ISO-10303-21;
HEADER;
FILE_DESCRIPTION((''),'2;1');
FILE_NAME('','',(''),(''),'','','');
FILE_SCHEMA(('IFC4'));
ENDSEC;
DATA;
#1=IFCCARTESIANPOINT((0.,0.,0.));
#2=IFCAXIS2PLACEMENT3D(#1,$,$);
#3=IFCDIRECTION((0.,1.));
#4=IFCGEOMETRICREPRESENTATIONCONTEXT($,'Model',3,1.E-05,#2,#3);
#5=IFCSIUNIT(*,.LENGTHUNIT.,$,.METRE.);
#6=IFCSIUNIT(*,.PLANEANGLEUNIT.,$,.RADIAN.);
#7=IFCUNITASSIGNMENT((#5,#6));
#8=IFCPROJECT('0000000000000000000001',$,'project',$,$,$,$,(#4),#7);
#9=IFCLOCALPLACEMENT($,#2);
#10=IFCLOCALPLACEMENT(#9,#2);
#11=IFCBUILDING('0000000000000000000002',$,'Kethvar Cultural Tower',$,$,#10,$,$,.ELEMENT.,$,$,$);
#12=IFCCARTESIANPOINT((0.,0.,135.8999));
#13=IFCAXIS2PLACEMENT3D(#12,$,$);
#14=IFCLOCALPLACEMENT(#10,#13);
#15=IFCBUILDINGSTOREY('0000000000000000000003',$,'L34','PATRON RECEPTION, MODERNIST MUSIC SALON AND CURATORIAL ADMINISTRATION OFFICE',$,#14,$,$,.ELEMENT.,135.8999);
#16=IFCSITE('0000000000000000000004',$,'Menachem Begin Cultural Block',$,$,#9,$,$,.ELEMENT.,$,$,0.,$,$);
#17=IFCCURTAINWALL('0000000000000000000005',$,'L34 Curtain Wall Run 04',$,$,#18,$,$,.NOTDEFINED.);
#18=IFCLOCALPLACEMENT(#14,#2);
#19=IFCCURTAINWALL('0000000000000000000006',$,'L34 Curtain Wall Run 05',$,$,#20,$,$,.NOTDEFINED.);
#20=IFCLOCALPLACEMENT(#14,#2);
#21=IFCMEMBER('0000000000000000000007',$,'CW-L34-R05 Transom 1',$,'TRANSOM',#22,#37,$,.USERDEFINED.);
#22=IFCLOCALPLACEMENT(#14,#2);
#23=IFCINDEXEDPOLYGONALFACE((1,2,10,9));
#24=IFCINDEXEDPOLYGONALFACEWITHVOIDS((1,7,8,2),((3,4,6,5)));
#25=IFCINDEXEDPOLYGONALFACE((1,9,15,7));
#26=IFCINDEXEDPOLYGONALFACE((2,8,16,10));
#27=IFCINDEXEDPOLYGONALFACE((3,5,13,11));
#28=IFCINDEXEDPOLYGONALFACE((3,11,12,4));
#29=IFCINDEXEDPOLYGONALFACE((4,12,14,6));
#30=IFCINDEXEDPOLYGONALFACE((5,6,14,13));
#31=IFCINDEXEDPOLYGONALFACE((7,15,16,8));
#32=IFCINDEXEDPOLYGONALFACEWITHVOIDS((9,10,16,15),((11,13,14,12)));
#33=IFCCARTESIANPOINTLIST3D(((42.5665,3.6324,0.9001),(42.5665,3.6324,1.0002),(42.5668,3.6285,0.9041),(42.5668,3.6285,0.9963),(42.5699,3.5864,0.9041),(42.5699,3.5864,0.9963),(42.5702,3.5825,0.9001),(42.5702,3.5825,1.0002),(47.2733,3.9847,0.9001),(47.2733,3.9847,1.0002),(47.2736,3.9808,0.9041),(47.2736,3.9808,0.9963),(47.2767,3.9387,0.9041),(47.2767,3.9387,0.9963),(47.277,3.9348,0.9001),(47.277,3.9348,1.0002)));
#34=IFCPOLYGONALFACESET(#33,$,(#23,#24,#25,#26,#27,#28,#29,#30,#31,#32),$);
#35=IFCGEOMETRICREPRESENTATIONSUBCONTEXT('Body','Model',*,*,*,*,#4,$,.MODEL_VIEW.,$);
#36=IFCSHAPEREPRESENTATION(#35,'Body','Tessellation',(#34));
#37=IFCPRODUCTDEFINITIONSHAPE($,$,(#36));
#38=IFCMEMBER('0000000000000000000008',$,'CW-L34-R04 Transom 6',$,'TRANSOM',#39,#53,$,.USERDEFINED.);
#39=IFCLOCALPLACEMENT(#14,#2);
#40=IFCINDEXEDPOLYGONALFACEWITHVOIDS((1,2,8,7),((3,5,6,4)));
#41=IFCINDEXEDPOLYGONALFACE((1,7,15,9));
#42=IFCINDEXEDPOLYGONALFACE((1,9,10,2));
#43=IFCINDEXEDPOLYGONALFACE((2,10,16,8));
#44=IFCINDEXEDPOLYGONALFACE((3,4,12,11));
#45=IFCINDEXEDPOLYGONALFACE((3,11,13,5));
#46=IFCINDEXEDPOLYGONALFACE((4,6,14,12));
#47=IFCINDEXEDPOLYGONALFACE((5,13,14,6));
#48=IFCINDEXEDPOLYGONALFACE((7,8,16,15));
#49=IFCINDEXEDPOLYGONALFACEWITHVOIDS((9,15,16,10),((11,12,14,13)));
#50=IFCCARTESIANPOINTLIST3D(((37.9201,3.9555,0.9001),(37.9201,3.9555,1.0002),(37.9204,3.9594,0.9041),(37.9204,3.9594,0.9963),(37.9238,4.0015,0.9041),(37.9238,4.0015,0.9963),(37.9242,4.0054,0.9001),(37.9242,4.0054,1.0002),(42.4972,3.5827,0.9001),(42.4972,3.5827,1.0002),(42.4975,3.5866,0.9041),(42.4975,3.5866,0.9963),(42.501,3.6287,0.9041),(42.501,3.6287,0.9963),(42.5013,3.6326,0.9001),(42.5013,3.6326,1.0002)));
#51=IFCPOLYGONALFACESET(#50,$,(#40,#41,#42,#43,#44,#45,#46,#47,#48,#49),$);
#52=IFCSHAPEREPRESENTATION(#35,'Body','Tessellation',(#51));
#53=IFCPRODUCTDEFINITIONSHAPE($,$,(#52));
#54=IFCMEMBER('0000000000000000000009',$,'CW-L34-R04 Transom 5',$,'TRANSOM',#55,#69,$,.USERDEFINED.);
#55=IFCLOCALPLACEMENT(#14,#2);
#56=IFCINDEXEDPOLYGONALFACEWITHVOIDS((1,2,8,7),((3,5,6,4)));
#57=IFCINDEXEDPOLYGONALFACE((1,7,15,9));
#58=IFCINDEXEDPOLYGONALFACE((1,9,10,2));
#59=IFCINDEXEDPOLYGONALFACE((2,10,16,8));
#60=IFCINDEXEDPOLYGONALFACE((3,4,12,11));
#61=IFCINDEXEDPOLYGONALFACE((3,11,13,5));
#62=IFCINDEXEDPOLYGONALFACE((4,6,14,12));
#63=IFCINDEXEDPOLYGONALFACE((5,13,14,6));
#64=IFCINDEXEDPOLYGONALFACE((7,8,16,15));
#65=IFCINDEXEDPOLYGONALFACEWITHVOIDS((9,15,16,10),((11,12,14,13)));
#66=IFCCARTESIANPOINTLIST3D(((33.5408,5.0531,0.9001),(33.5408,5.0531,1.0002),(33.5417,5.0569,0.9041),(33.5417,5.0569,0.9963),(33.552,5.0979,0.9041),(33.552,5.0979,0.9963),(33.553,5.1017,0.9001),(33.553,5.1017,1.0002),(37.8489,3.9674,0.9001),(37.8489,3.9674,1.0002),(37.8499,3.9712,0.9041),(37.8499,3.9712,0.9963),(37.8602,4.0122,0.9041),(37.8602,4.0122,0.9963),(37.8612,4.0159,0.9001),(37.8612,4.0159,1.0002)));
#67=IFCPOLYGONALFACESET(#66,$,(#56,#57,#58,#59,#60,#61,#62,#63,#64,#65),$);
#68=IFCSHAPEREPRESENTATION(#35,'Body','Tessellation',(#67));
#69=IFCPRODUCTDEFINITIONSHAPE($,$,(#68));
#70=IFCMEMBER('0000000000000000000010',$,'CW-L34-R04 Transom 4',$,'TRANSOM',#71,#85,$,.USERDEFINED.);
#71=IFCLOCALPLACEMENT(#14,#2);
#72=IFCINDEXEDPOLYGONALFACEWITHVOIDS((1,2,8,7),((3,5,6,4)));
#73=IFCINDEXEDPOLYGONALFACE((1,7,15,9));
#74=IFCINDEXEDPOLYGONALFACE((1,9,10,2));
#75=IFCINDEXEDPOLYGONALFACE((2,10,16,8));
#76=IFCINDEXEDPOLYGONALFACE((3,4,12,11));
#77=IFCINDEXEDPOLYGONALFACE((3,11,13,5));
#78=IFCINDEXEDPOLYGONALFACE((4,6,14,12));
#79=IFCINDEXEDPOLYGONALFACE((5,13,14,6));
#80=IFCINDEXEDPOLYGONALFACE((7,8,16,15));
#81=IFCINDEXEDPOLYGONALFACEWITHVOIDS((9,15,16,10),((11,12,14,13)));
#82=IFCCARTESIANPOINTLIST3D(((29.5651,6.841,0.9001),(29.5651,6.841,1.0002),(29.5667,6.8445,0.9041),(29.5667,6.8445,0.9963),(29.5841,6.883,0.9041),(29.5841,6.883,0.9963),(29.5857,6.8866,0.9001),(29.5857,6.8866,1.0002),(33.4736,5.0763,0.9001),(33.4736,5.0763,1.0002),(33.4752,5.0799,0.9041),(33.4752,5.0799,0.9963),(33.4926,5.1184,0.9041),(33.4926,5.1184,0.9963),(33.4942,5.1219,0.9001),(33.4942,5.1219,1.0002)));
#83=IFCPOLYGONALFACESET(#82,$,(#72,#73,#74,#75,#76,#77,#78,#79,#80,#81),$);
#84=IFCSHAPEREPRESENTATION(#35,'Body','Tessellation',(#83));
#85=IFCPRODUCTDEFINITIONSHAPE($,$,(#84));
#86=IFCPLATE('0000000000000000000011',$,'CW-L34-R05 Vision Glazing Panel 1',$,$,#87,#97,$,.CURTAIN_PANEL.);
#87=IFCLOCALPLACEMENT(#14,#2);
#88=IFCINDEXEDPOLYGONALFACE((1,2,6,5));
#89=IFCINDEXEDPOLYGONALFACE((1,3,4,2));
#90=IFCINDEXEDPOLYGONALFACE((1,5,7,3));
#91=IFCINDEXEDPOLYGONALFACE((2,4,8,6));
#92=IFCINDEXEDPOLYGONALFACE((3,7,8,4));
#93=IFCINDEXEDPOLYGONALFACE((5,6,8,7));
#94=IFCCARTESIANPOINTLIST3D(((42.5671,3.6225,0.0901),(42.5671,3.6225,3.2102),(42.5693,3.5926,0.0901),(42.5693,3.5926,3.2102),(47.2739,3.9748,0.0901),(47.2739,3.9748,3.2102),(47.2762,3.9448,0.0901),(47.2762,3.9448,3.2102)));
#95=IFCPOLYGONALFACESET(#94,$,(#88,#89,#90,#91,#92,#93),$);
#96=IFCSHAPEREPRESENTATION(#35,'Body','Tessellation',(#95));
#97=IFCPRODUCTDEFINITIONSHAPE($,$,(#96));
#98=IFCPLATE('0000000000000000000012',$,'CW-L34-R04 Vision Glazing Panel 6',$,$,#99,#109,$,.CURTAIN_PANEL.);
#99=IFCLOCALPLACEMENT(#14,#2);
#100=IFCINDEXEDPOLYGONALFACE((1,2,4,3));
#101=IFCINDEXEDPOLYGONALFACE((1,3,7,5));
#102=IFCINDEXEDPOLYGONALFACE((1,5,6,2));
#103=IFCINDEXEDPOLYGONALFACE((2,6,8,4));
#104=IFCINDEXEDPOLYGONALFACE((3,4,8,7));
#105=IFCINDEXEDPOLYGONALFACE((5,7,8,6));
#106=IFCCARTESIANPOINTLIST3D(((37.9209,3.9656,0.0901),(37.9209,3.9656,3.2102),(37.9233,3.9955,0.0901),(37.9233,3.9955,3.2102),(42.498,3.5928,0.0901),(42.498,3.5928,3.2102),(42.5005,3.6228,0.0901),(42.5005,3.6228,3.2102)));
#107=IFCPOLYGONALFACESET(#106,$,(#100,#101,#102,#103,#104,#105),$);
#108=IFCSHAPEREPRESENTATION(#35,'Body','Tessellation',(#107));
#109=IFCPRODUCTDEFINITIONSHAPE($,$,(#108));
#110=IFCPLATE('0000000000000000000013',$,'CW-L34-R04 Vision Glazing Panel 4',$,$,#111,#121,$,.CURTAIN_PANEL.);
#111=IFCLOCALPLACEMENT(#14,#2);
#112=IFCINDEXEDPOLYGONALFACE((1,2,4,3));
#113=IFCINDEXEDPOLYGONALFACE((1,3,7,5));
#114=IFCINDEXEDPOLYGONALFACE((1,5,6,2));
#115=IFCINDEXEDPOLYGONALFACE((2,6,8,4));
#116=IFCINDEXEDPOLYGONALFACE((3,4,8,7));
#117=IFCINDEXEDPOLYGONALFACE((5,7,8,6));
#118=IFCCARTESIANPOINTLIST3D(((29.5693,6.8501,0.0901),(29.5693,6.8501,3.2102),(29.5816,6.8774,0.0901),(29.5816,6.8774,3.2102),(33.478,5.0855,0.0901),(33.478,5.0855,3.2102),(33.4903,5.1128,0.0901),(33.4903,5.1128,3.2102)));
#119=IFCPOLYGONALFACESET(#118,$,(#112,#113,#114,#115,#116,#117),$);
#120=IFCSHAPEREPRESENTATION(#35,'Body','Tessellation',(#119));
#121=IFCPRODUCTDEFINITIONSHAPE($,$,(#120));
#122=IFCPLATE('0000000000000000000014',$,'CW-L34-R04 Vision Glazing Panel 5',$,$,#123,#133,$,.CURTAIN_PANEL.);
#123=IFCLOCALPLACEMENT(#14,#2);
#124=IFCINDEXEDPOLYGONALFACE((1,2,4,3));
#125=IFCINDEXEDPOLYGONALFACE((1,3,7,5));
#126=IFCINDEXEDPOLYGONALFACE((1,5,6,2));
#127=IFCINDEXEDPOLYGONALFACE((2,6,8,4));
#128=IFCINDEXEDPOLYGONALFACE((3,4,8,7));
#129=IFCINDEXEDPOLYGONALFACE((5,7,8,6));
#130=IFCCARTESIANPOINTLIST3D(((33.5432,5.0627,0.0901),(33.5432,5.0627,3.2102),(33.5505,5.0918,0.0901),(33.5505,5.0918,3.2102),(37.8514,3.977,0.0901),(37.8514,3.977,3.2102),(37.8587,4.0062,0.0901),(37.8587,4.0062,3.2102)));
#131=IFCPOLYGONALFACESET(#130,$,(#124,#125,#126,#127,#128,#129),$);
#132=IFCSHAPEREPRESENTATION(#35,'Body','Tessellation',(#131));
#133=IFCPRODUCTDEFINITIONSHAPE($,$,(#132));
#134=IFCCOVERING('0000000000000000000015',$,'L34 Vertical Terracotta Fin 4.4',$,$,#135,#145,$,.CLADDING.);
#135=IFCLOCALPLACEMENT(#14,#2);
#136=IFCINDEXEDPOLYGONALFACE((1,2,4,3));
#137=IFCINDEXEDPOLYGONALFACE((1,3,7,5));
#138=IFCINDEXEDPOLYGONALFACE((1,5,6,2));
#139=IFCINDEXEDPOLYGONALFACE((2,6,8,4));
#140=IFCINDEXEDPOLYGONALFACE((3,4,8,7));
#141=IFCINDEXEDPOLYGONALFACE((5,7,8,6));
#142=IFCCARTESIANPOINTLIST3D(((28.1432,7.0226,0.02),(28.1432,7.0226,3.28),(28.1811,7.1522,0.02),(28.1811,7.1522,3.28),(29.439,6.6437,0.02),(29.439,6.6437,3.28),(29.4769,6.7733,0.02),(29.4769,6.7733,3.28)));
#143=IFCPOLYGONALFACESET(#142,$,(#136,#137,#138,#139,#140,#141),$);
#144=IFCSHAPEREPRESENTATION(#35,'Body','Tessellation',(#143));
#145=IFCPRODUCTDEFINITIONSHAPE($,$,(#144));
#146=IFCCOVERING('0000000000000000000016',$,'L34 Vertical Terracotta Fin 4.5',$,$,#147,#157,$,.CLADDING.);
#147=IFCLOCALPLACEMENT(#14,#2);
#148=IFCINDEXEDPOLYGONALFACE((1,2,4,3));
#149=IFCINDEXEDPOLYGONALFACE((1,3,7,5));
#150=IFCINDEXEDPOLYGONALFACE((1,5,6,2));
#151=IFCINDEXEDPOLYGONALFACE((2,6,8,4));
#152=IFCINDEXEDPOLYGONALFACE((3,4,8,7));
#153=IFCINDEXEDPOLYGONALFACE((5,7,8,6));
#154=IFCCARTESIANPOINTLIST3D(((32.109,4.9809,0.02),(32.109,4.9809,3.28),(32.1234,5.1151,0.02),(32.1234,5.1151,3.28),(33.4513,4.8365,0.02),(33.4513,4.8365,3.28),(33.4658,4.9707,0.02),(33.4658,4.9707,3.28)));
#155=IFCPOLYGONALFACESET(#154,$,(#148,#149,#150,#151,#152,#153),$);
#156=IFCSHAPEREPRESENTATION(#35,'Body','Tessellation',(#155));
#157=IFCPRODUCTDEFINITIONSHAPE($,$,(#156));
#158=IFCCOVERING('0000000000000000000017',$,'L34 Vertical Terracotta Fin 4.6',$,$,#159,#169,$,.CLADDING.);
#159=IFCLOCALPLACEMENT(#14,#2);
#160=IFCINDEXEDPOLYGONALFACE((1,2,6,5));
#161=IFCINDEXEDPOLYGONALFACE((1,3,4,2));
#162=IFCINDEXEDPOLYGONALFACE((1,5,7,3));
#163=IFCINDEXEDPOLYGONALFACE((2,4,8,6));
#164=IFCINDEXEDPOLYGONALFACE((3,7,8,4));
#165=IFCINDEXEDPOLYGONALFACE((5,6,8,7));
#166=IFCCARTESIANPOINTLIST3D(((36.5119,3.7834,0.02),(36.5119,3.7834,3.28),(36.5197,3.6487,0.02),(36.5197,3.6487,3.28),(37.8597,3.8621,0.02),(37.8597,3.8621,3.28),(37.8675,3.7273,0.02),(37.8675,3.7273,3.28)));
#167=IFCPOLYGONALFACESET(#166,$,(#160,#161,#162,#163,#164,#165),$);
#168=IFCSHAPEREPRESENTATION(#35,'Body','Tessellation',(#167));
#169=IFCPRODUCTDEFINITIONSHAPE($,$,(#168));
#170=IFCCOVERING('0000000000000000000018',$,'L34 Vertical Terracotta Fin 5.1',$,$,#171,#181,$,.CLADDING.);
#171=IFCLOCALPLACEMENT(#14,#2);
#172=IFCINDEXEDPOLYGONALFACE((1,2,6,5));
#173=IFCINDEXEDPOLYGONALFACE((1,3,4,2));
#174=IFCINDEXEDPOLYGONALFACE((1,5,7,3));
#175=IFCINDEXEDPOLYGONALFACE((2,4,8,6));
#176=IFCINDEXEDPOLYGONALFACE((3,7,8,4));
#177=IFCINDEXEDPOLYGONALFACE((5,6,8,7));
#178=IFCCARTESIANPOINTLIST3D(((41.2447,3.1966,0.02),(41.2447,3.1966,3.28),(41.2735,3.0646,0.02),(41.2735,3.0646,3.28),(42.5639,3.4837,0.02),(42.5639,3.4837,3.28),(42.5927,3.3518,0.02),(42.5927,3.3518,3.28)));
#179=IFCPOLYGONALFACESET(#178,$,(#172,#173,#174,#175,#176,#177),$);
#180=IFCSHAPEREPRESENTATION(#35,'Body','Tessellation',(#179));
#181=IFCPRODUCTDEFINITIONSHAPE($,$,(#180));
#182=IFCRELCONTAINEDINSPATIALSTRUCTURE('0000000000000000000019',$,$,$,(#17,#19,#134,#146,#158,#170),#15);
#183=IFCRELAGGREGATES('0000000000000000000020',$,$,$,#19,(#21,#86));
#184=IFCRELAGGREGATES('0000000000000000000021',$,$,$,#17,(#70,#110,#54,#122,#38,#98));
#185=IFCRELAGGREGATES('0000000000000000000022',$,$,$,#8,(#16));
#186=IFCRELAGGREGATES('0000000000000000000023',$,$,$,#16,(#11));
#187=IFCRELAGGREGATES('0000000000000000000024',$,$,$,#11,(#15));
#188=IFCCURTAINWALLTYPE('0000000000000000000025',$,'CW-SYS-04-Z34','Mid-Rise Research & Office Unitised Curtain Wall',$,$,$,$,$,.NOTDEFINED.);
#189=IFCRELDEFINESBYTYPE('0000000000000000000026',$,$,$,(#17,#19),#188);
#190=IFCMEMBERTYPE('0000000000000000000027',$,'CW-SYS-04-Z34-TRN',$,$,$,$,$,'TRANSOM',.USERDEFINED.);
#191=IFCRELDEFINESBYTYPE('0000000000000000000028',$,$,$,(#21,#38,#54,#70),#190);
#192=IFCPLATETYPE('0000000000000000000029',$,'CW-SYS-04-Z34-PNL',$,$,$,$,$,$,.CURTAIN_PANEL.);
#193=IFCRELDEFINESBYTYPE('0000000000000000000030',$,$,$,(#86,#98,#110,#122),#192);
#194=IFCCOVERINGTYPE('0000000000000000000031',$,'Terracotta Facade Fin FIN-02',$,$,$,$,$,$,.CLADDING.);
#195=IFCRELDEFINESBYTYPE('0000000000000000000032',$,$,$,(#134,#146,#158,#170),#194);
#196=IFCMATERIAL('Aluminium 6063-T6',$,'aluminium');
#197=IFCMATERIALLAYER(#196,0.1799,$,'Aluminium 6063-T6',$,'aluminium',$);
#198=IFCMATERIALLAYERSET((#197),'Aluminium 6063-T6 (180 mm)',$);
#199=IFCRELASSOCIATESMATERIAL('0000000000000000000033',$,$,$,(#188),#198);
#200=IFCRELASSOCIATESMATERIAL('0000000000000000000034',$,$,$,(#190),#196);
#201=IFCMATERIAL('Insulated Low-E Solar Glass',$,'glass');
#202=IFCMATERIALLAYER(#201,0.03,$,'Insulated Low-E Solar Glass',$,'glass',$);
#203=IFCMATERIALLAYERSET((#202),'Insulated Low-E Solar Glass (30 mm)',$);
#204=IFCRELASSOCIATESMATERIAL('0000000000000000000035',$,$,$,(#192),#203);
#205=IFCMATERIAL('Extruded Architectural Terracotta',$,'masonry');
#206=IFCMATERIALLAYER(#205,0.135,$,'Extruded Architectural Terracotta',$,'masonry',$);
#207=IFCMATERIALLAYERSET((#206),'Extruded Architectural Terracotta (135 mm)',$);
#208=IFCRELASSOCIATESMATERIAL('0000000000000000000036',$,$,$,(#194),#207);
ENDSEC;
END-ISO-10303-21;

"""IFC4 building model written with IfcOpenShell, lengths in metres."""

from ifc_helpers import new_model, si_unit, direction, frame, origin, origin_2d, place, context, subcontext, project, spatial, rectangle, hollow_rectangle, extrude, source, transform, mapped, material, layer, layer_set, material_profile, profile_set, type_object, element, aggregate, save


model = new_model("IFC4")

# Units and contexts
model_context = context("Model", 3, precision=1e-05, world=origin(), true_north=direction((0.0, 1.0)))
body_context = subcontext(model_context, "Body", "Model", "MODEL_VIEW")
ifc_project = project(units=[si_unit("LENGTHUNIT", "METRE"), si_unit("PLANEANGLEUNIT", "RADIAN")], contexts=[model_context])

# Site, building, storey
site_placement = place(None, origin())
site = spatial("IfcSite", under=ifc_project, at=site_placement, Name="Menachem Begin Cultural Block", CompositionType="ELEMENT", RefElevation=0.0)
building_placement = place(site_placement, origin())
building = spatial("IfcBuilding", under=site, at=building_placement, Name="Kethvar Cultural Tower", CompositionType="ELEMENT")
storey_placement = place(building_placement, frame((0.0, 0.0, 135.8999)))
storey = spatial("IfcBuildingStorey", under=building, at=storey_placement, Name="L34", Description="PATRON RECEPTION, MODERNIST MUSIC SALON AND CURATORIAL ADMINISTRATION OFFICE", CompositionType="ELEMENT", Elevation=135.8999)

# Curtain walls, member
ifc_material_1 = material(Name="Aluminium 6063-T6", Category="aluminium")
ifc_layer_1 = layer(ifc_material_1, 0.1799, Name="Aluminium 6063-T6", Category="aluminium")
ifc_layer_set_1 = layer_set([ifc_layer_1], Name="Aluminium 6063-T6 (180 mm)")
curtain_wall_type = type_object("IfcCurtainWallType", Name="CW-SYS-04-Z34", Description="Mid-Rise Research & Office Unitised Curtain Wall", PredefinedType="NOTDEFINED", material=ifc_layer_set_1)
curtain_wall_1_placement = place(storey_placement, origin())
curtain_wall_1 = element("IfcCurtainWall", 1, at=curtain_wall_1_placement, inside=storey, type_object=curtain_wall_type, Name="L34 Curtain Wall Run 04", PredefinedType="NOTDEFINED")
curtain_wall_2_placement = place(storey_placement, origin())
curtain_wall_2 = element("IfcCurtainWall", 2, at=curtain_wall_2_placement, inside=storey, type_object=curtain_wall_type, Name="L34 Curtain Wall Run 05", PredefinedType="NOTDEFINED")
ifc_material_profile_1 = material_profile(ifc_material_1, hollow_rectangle(XDim=0.05, YDim=0.1001, WallThickness=0.0039, at=origin_2d()), Name="Aluminium 6063-T6 — RHS100x50x4")
ifc_profile_set_1 = profile_set([ifc_material_profile_1], Name="Aluminium 6063-T6 — RHS100x50x4")
member_type_1 = type_object("IfcMemberType", Name="CW-SYS-04-Z34-TRN", ElementType="TRANSOM", PredefinedType="USERDEFINED", material=ifc_profile_set_1)
shared_shape_1 = source(origin(), body_context, "Body", "SweptSolid", [
    extrude(hollow_rectangle(XDim=0.05, YDim=0.1001, WallThickness=0.0039, at=origin_2d()), origin(), (0.0, 0.0, 1.0), 4.72),
])
member_1_placement = place(storey_placement, frame((42.5684, 3.6074, 0.9502), z_axis=(0.997211, 0.074639, 0.0), x_axis=(-0.074639, 0.997211, 0.0)))
member_1 = element("IfcMember", 3, at=member_1_placement, type_object=member_type_1, Name="CW-L34-R05 Transom 1", ObjectType="TRANSOM", PredefinedType="USERDEFINED", context=body_context, shape_type="MappedRepresentation", body=[
    mapped(shared_shape_1, transform((0.0, 0.0, 0.0), scale=1.0)),
])

# Members
shared_shape_2 = source(origin(), body_context, "Body", "SweptSolid", [
    extrude(hollow_rectangle(XDim=0.05, YDim=0.1001, WallThickness=0.0039, at=origin_2d()), origin(), (0.0, 0.0, 1.0), 4.5923),
])
member_2_placement = place(storey_placement, frame((37.9221, 3.9805, 0.9502), z_axis=(0.996699, -0.08118, 0.0), x_axis=(0.08118, 0.996699, 0.0)))
member_2 = element("IfcMember", 4, at=member_2_placement, type_object=member_type_1, Name="CW-L34-R04 Transom 6", ObjectType="TRANSOM", PredefinedType="USERDEFINED", context=body_context, shape_type="MappedRepresentation", body=[
    mapped(shared_shape_2, transform((0.0, 0.0, 0.0), scale=1.0)),
])
shared_shape_3 = source(origin(), body_context, "Body", "SweptSolid", [
    extrude(hollow_rectangle(XDim=0.05, YDim=0.1001, WallThickness=0.0039, at=origin_2d()), origin(), (0.0, 0.0, 1.0), 4.4429),
])
member_3_placement = place(storey_placement, frame((33.5469, 5.0774, 0.9502), z_axis=(0.969682, -0.244371, 0.0), x_axis=(0.244371, 0.969682, 0.0)))
member_3 = element("IfcMember", 5, at=member_3_placement, type_object=member_type_1, Name="CW-L34-R04 Transom 5", ObjectType="TRANSOM", PredefinedType="USERDEFINED", context=body_context, shape_type="MappedRepresentation", body=[
    mapped(shared_shape_3, transform((0.0, 0.0, 0.0), scale=1.0)),
])
shared_shape_4 = source(origin(), body_context, "Body", "SweptSolid", [
    extrude(hollow_rectangle(XDim=0.05, YDim=0.1001, WallThickness=0.0039, at=origin_2d()), origin(), (0.0, 0.0, 1.0), 4.2883),
])
member_4_placement = place(storey_placement, frame((29.5754, 6.8638, 0.9502), z_axis=(0.911411, -0.411498, 0.0), x_axis=(0.411498, 0.911411, 0.0)))
member_4 = element("IfcMember", 6, at=member_4_placement, type_object=member_type_1, Name="CW-L34-R04 Transom 4", ObjectType="TRANSOM", PredefinedType="USERDEFINED", context=body_context, shape_type="MappedRepresentation", body=[
    mapped(shared_shape_4, transform((0.0, 0.0, 0.0), scale=1.0)),
])

# Plates
ifc_material_2 = material(Name="Insulated Low-E Solar Glass", Category="glass")
ifc_layer_2 = layer(ifc_material_2, 0.03, Name="Insulated Low-E Solar Glass", Category="glass")
ifc_layer_set_2 = layer_set([ifc_layer_2], Name="Insulated Low-E Solar Glass (30 mm)")
plate_type = type_object("IfcPlateType", Name="CW-SYS-04-Z34-PNL", PredefinedType="CURTAIN_PANEL", material=ifc_layer_set_2)
shared_shape_5 = source(origin(), body_context, "Body", "SweptSolid", [
    extrude(rectangle(XDim=4.72, YDim=0.03, at=origin_2d()), origin(), (0.0, 0.0, 1.0), 3.1201),
])
plate_1_placement = place(storey_placement, frame((44.9216, 3.7837, 0.0901), z_axis=(0.0, 0.0, 1.0), x_axis=(0.997211, 0.074631, 0.0)))
plate_1 = element("IfcPlate", 7, at=plate_1_placement, type_object=plate_type, Name="CW-L34-R05 Vision Glazing Panel 1", PredefinedType="CURTAIN_PANEL", context=body_context, shape_type="MappedRepresentation", body=[
    mapped(shared_shape_5, transform((0.0, 0.0, 0.0), scale=1.0)),
])
aggregate(curtain_wall_2, [member_1, plate_1])
shared_shape_6 = source(origin(), body_context, "Body", "SweptSolid", [
    extrude(rectangle(XDim=4.5923, YDim=0.03, at=origin_2d()), origin(), (0.0, 0.0, 1.0), 3.1201),
])
plate_2_placement = place(storey_placement, frame((40.2107, 3.7942, 0.0901), z_axis=(0.0, 0.0, 1.0), x_axis=(0.9967, -0.081173, 0.0)))
plate_2 = element("IfcPlate", 8, at=plate_2_placement, type_object=plate_type, Name="CW-L34-R04 Vision Glazing Panel 6", PredefinedType="CURTAIN_PANEL", context=body_context, shape_type="MappedRepresentation", body=[
    mapped(shared_shape_6, transform((0.0, 0.0, 0.0), scale=1.0)),
])
shared_shape_7 = source(origin(), body_context, "Body", "SweptSolid", [
    extrude(rectangle(XDim=4.2886, YDim=0.03, at=origin_2d()), origin(), (0.0, 0.0, 1.0), 3.1201),
])
plate_3_placement = place(storey_placement, frame((31.5298, 5.9814, 0.0901), z_axis=(0.0, 0.0, 1.0), x_axis=(0.911425, -0.411467, 0.0)))
plate_3 = element("IfcPlate", 9, at=plate_3_placement, type_object=plate_type, Name="CW-L34-R04 Vision Glazing Panel 4", PredefinedType="CURTAIN_PANEL", context=body_context, shape_type="MappedRepresentation", body=[
    mapped(shared_shape_7, transform((0.0, 0.0, 0.0), scale=1.0)),
])
shared_shape_8 = source(origin(), body_context, "Body", "SweptSolid", [
    extrude(rectangle(XDim=4.4429, YDim=0.03, at=origin_2d()), origin(), (0.0, 0.0, 1.0), 3.1201),
])
plate_4_placement = place(storey_placement, frame((35.7009, 4.5344, 0.0901), z_axis=(0.0, 0.0, 1.0), x_axis=(0.969685, -0.24436, 0.0)))
plate_4 = element("IfcPlate", 10, at=plate_4_placement, type_object=plate_type, Name="CW-L34-R04 Vision Glazing Panel 5", PredefinedType="CURTAIN_PANEL", context=body_context, shape_type="MappedRepresentation", body=[
    mapped(shared_shape_8, transform((0.0, 0.0, 0.0), scale=1.0)),
])
aggregate(curtain_wall_1, [member_4, plate_3, member_3, plate_4, member_2, plate_2])

# Coverings
ifc_material_3 = material(Name="Extruded Architectural Terracotta", Category="masonry")
ifc_layer_3 = layer(ifc_material_3, 0.135, Name="Extruded Architectural Terracotta", Category="masonry")
ifc_layer_set_3 = layer_set([ifc_layer_3], Name="Extruded Architectural Terracotta (135 mm)")
covering_type = type_object("IfcCoveringType", Name="Terracotta Facade Fin FIN-02", PredefinedType="CLADDING", material=ifc_layer_set_3)
shared_shape_9 = source(origin(), body_context, "Body", "SweptSolid", [
    extrude(rectangle(XDim=1.3501, YDim=0.135, at=origin_2d()), origin(), (0.0, 0.0, 1.0), 3.26),
])
for number, where, z_axis, x_axis, name in (
    (11, (28.8101, 6.8979, 0.02), (0.0, 0.0, 1.0), (-0.959805, 0.280667, 0.0), "L34 Vertical Terracotta Fin 4.4"),
    (12, (32.7874, 4.9758, 0.02), (0.0, 0.0, 1.0), (-0.994264, 0.106958, 0.0), "L34 Vertical Terracotta Fin 4.5"),
    (13, (37.1897, 3.7554, 0.02), (0.0, 0.0, 1.0), (-0.998301, -0.058261, 0.0), "L34 Vertical Terracotta Fin 4.6"),
    (14, (41.9187, 3.2742, 0.02), (0.0, 0.0, 1.0), (-0.97712, -0.212689, 0.0), "L34 Vertical Terracotta Fin 5.1"),
):
    element("IfcCovering", number, at=place(storey_placement, frame(where, z_axis=z_axis, x_axis=x_axis)), inside=storey, type_object=covering_type, Name=name, PredefinedType="CLADDING", context=body_context, shape_type="MappedRepresentation", body=[
        mapped(shared_shape_9, transform((0.0, 0.0, 0.0), scale=1.0)),
    ])

save(model, "model.ifc")
